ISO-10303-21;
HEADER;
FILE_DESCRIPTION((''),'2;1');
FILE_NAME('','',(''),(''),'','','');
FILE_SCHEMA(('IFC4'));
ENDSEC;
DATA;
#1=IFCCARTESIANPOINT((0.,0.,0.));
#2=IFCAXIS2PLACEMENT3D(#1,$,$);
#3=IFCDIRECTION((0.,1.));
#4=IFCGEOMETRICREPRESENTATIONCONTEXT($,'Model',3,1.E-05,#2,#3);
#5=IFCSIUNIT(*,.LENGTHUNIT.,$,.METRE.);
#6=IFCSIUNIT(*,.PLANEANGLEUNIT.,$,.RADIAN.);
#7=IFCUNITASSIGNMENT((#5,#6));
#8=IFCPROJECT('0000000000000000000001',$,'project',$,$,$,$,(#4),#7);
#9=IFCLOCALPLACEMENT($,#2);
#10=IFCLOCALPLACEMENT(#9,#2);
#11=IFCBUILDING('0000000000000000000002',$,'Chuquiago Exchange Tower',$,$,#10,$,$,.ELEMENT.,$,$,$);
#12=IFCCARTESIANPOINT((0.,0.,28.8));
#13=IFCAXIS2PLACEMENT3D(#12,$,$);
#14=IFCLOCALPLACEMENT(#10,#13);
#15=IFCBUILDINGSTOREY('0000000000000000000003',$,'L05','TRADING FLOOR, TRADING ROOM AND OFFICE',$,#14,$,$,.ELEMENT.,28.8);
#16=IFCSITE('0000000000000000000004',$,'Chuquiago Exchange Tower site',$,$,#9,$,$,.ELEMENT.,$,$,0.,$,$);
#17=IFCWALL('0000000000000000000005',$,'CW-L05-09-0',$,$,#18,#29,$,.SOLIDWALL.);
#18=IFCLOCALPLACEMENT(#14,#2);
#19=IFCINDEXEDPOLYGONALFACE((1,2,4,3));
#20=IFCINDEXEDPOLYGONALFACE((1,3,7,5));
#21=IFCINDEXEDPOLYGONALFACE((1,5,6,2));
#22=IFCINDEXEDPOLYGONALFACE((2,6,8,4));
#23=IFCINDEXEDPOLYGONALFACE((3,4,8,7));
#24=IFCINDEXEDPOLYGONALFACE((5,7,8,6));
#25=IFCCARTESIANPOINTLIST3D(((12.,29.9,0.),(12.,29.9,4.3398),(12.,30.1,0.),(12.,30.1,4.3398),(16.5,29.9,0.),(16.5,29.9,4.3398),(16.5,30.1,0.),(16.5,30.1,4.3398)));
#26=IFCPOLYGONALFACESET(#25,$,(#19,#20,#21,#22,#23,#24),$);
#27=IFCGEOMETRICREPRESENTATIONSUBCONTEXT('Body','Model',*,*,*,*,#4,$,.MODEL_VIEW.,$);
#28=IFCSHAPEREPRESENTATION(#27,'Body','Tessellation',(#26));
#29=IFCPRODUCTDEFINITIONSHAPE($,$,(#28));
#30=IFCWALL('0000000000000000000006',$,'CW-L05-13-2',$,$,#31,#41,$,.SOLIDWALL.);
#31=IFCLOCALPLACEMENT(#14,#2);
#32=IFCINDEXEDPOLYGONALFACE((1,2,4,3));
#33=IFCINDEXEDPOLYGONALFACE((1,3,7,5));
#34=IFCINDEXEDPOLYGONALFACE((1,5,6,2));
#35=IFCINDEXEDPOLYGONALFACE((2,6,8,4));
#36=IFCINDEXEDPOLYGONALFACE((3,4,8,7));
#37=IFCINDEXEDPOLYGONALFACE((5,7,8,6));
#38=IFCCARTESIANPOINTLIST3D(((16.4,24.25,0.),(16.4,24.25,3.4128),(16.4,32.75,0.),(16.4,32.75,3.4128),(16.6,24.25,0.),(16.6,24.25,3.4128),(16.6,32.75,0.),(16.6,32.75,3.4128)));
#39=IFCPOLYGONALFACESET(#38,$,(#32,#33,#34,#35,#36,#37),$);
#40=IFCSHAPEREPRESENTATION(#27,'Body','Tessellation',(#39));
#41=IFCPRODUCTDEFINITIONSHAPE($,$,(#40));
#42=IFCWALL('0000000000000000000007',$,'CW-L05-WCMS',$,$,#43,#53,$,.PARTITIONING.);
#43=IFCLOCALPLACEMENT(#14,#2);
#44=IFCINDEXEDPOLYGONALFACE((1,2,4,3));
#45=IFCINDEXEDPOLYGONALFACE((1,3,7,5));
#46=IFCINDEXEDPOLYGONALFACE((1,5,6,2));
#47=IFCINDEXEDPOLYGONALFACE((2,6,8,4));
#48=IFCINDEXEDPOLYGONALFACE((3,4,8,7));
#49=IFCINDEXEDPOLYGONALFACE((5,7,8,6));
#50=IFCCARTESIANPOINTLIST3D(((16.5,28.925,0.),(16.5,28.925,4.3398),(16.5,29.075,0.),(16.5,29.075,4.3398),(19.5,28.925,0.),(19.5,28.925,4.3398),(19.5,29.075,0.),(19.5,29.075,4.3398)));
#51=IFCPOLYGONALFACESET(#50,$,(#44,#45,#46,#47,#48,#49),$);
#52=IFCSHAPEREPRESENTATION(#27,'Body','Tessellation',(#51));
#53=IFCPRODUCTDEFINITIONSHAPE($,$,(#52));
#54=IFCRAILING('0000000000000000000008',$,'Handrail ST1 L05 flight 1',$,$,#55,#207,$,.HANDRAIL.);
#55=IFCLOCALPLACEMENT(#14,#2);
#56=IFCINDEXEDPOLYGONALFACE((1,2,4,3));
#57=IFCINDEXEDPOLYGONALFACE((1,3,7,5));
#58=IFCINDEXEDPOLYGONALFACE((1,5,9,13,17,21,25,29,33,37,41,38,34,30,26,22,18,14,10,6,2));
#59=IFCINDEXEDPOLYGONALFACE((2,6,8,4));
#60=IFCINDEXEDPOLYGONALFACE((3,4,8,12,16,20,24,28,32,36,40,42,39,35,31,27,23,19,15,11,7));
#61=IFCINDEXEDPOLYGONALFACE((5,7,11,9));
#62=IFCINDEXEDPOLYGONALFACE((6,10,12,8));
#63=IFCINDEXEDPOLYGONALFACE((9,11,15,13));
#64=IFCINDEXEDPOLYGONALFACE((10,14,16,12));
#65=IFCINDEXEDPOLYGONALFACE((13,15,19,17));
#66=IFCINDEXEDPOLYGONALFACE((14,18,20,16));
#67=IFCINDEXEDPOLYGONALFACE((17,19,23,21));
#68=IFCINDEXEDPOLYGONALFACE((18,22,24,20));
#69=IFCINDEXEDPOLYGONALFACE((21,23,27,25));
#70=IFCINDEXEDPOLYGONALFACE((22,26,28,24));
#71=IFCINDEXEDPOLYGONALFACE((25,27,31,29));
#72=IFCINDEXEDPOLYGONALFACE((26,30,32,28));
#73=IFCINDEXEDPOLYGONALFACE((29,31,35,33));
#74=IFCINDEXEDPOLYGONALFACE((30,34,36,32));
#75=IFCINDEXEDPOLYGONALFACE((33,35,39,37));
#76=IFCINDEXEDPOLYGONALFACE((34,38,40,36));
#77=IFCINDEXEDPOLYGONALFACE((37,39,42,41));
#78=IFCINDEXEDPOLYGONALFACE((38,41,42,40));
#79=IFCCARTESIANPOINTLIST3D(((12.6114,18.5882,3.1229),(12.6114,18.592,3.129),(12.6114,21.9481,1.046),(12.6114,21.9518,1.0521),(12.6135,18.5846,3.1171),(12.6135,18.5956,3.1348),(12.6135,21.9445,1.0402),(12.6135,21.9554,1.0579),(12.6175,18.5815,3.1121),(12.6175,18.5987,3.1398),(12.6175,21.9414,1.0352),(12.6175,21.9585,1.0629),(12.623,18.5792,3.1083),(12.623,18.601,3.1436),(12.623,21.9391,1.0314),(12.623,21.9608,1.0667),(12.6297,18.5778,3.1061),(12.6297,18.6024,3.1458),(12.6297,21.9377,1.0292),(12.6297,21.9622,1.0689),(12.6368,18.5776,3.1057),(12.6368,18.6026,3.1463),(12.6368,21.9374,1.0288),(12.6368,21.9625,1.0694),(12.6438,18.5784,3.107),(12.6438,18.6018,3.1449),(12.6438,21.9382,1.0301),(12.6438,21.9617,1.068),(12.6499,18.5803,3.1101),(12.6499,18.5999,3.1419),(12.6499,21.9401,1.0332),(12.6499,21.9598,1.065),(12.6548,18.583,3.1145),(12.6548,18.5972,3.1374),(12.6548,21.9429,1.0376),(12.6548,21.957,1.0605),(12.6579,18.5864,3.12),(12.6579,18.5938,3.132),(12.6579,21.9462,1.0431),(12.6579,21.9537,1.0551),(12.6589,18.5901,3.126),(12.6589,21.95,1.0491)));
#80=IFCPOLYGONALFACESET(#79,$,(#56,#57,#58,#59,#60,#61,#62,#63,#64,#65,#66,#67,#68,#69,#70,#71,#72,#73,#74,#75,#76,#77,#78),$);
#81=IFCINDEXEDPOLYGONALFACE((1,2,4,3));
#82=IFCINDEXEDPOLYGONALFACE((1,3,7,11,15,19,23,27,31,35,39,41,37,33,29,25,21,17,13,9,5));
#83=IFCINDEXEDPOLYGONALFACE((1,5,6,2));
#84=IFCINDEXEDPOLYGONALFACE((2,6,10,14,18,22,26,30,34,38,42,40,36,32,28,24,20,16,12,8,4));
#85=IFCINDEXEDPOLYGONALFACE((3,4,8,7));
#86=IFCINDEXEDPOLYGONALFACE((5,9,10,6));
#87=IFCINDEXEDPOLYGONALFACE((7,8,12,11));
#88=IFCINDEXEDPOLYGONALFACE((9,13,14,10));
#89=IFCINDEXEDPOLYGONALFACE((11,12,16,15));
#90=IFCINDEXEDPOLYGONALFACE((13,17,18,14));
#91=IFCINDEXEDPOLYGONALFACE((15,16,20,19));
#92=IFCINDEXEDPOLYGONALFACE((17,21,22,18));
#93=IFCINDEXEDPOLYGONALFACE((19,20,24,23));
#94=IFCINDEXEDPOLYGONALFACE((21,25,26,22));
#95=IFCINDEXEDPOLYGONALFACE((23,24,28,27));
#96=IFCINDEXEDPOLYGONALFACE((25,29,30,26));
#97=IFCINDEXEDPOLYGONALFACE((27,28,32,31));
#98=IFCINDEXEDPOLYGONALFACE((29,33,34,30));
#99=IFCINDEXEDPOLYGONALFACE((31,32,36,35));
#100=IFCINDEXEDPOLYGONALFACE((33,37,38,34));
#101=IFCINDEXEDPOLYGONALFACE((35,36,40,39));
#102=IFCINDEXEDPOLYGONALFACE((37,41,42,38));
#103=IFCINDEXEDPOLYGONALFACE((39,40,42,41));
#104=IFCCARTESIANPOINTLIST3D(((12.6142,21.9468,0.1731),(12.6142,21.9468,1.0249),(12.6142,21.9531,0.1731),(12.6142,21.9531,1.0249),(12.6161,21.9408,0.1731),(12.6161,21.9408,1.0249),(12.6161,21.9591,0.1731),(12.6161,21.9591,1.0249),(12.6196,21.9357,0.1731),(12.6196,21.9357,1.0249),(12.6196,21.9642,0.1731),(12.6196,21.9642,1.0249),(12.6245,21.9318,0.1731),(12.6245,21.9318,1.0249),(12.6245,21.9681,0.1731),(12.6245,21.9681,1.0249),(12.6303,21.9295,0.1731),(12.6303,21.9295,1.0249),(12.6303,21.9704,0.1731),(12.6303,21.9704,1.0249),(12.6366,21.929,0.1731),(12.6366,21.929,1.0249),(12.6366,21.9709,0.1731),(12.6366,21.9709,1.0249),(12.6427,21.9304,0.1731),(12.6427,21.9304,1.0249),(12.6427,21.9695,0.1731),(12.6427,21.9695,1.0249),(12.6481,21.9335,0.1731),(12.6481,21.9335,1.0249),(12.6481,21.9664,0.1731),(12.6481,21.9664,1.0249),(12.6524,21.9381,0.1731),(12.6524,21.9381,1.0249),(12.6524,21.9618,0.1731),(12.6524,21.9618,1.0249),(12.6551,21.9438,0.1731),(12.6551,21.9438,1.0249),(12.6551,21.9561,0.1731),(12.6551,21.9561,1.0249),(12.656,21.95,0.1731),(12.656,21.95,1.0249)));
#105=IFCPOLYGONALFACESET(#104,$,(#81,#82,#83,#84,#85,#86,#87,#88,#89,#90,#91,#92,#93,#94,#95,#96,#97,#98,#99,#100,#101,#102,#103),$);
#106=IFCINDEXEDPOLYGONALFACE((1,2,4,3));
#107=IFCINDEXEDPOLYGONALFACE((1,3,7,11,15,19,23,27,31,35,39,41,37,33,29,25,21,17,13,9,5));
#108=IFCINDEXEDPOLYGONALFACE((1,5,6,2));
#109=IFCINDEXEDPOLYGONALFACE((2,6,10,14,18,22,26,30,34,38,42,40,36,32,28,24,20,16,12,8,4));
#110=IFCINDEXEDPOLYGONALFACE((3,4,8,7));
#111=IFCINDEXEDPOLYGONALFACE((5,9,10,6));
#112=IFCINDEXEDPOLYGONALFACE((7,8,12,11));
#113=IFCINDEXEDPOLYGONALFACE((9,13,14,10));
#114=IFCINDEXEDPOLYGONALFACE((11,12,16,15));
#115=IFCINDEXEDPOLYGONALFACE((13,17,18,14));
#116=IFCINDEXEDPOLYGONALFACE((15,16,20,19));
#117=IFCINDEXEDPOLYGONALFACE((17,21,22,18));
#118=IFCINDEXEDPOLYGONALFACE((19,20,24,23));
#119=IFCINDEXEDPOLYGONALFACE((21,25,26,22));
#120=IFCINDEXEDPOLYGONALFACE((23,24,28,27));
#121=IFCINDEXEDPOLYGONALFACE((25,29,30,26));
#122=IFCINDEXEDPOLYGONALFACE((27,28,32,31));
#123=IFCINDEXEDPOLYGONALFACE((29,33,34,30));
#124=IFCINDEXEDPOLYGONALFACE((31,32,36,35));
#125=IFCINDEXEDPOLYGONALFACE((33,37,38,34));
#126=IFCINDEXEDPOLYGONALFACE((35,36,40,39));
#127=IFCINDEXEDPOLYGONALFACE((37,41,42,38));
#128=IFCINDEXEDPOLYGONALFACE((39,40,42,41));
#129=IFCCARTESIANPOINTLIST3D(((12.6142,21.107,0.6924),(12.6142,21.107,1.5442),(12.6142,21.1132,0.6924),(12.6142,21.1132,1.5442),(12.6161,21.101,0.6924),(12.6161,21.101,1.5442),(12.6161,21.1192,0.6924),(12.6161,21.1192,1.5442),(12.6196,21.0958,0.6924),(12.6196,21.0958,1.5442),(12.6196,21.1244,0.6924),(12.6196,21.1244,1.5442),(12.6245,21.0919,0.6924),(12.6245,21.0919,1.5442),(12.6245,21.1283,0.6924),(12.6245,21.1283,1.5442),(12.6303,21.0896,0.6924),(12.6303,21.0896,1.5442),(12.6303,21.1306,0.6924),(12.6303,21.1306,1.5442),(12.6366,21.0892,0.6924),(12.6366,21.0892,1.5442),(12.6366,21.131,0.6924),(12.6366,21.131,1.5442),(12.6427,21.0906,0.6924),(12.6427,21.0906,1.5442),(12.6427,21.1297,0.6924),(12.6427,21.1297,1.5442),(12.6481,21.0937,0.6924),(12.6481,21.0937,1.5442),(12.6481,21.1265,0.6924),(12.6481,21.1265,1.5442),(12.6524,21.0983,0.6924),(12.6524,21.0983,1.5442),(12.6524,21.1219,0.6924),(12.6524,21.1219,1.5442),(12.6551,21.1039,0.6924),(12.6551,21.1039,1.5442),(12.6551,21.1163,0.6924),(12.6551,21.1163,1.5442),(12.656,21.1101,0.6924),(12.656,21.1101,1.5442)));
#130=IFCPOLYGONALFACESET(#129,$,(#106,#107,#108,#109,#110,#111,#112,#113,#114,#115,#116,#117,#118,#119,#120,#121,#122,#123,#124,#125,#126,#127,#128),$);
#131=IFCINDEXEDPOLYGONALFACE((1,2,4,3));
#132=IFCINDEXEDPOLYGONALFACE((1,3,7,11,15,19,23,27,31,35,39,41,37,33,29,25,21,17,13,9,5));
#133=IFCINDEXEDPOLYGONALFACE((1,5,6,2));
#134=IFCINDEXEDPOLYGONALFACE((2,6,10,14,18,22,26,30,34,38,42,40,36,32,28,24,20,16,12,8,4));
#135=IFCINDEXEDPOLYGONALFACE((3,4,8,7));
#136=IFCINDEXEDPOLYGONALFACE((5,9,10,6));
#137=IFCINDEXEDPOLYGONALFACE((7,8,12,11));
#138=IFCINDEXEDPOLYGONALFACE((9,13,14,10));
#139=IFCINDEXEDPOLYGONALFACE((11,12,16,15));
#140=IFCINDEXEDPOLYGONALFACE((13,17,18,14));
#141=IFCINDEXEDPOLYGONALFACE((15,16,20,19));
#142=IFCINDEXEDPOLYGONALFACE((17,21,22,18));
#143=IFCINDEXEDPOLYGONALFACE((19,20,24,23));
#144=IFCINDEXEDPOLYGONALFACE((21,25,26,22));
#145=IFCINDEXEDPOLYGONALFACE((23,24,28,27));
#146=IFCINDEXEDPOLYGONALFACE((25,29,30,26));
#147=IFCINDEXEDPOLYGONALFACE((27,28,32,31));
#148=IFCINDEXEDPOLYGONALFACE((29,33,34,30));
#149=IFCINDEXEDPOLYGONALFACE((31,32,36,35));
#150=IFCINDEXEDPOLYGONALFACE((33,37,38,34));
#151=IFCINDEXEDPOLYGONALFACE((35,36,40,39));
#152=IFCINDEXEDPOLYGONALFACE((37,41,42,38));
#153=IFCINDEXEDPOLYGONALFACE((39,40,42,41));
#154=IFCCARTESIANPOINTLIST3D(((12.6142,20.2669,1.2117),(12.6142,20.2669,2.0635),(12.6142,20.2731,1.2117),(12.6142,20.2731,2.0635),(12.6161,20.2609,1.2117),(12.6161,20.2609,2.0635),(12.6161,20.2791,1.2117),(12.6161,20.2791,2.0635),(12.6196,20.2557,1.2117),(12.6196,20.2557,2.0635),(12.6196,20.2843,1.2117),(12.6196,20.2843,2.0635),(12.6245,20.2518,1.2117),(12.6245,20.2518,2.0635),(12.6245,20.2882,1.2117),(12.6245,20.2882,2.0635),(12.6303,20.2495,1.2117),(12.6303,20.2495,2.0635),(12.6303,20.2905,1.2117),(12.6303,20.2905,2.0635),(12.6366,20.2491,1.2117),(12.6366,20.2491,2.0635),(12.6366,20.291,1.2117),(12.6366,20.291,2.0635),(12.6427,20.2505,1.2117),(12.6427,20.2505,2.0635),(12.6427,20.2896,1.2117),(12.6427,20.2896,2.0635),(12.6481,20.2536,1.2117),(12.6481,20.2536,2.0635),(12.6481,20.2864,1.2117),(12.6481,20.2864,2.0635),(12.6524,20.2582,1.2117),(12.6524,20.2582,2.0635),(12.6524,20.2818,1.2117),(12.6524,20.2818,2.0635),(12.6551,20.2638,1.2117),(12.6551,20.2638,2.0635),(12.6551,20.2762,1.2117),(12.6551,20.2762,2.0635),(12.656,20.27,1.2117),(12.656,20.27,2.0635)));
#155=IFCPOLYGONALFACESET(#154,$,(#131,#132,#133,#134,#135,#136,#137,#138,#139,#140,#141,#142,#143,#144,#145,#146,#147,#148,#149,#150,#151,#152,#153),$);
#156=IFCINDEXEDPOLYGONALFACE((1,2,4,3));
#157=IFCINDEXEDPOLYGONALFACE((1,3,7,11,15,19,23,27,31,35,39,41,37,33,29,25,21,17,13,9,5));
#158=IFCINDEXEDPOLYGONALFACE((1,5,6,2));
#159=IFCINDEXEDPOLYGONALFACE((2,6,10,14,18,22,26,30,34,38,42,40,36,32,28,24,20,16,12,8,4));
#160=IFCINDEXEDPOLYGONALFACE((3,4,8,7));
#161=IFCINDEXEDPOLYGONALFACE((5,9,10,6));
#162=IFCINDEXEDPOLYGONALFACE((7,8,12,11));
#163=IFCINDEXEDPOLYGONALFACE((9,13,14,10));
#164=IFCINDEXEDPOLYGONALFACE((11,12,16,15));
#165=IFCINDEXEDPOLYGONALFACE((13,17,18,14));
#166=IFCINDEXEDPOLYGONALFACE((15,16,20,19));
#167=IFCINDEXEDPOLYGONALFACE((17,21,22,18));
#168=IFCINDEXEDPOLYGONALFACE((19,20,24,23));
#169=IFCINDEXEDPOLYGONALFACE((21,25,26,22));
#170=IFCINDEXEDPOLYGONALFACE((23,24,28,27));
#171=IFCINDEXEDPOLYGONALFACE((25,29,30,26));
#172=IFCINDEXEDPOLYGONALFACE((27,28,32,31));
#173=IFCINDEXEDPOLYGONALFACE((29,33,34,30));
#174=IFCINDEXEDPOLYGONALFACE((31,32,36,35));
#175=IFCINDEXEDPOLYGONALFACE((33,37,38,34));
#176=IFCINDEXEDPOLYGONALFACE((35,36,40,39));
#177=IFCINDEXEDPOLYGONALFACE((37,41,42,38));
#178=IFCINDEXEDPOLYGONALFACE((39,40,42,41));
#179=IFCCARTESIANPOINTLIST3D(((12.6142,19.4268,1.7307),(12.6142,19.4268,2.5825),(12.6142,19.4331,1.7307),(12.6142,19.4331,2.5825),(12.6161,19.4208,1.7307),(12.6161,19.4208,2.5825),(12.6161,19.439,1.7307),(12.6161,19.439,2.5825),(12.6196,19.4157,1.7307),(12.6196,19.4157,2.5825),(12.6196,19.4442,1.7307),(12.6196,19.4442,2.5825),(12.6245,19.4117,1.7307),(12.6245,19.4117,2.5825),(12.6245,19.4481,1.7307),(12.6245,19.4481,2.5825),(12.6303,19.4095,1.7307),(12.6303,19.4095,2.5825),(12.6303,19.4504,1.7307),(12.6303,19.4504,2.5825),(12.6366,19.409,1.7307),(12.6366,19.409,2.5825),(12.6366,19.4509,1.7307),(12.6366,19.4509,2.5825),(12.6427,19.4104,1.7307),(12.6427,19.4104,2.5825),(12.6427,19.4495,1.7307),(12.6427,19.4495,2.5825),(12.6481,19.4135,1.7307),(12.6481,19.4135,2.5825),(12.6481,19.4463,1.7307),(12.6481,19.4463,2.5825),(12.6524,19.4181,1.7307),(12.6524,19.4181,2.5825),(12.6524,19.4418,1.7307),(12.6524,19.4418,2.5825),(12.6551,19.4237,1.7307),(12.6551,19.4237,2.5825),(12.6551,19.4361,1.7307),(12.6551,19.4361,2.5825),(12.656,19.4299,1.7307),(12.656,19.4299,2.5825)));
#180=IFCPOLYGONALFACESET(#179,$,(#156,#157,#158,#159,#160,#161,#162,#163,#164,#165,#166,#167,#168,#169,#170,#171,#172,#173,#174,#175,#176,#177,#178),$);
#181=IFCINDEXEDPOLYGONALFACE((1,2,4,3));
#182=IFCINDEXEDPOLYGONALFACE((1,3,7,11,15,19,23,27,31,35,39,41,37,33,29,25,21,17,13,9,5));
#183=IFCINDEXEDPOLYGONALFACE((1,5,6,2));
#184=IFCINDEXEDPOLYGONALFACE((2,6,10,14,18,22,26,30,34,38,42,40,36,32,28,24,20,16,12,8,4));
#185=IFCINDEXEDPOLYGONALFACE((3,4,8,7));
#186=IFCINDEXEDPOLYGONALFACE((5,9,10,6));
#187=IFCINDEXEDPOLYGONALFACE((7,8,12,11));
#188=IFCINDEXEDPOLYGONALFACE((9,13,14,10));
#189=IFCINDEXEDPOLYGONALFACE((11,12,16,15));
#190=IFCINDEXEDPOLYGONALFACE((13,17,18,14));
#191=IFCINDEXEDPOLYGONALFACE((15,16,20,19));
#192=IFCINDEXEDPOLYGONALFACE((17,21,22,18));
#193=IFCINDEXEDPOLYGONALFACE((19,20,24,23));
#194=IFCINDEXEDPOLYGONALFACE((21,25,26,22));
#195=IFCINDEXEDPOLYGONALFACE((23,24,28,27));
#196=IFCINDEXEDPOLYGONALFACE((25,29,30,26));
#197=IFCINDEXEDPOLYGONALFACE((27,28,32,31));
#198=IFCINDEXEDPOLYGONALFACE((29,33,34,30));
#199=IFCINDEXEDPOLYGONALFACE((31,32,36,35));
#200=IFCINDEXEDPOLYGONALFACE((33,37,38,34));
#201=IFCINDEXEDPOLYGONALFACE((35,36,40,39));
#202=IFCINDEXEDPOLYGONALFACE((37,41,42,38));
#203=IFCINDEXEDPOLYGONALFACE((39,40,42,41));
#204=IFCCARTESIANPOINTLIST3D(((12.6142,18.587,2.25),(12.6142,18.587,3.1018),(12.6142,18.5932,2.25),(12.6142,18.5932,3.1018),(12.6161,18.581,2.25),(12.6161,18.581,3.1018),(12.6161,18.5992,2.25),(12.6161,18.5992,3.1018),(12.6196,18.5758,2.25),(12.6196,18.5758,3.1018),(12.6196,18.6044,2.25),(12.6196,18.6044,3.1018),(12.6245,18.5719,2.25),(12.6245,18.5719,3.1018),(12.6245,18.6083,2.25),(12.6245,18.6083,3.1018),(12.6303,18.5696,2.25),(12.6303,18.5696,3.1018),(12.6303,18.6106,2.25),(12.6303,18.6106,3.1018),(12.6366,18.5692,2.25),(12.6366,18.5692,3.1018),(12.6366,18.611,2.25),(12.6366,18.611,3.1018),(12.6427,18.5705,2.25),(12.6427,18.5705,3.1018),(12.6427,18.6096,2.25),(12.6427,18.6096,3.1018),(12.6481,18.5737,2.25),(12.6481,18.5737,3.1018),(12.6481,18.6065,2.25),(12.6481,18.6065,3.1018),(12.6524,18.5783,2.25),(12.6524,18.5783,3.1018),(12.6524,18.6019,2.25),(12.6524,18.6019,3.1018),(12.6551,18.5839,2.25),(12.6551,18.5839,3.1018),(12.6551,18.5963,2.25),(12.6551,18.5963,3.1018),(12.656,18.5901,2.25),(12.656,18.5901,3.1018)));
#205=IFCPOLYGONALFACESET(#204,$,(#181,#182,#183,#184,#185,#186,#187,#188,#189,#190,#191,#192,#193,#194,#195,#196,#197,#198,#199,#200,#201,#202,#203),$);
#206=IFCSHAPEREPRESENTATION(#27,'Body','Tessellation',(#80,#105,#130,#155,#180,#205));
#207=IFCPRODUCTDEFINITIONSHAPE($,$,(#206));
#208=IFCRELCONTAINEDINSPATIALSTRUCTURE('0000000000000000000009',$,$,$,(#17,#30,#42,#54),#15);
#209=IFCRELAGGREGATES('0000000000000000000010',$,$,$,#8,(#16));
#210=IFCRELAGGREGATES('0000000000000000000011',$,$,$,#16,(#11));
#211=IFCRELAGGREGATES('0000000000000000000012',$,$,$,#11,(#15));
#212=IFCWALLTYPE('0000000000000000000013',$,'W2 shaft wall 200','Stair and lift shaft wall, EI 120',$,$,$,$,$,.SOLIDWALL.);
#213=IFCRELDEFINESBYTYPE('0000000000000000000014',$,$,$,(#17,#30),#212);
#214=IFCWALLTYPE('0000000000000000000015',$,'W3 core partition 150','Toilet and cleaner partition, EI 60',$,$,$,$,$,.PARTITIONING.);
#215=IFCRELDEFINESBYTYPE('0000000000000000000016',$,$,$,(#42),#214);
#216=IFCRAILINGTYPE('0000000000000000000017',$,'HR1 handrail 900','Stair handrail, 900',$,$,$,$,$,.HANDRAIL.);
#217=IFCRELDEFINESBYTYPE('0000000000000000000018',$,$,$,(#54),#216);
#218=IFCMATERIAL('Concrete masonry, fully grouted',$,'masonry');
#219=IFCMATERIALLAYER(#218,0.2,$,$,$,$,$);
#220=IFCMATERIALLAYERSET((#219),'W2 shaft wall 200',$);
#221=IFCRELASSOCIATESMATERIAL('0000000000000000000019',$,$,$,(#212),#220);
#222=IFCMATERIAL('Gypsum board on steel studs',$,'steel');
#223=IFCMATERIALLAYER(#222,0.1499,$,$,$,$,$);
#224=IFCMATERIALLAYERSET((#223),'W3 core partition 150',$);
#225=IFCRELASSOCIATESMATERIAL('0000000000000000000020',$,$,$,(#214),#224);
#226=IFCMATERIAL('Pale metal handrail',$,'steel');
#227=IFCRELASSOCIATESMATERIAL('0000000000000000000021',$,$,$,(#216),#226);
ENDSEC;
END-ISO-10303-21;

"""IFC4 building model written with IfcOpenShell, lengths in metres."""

from ifc_helpers import new_model, si_unit, direction, frame, frame_2d, origin, origin_2d, place, context, subcontext, project, spatial, rectangle, circle, extrude, material, layer, layer_set, type_object, element, save


model = new_model("IFC4")

# Units and contexts
model_context = context("Model", 3, precision=1e-05, world=origin(), true_north=direction((0.0, 1.0)))
body_context = subcontext(model_context, "Body", "Model", "MODEL_VIEW")
ifc_project = project(units=[si_unit("LENGTHUNIT", "METRE"), si_unit("PLANEANGLEUNIT", "RADIAN")], contexts=[model_context])

# Site, building, storey
site_placement = place(None, origin())
site = spatial("IfcSite", under=ifc_project, at=site_placement, Name="Chuquiago Exchange Tower site", CompositionType="ELEMENT", RefElevation=0.0)
building_placement = place(site_placement, origin())
building = spatial("IfcBuilding", under=site, at=building_placement, Name="Chuquiago Exchange Tower", CompositionType="ELEMENT")
storey_placement = place(building_placement, frame((0.0, 0.0, 28.8)))
storey = spatial("IfcBuildingStorey", under=building, at=storey_placement, Name="L05", Description="TRADING FLOOR, TRADING ROOM AND OFFICE", CompositionType="ELEMENT", Elevation=28.8)

# Shared definitions
ifc_material_1 = material(Name="Concrete masonry, fully grouted", Category="masonry")
ifc_layer_1 = layer(ifc_material_1, 0.2)
ifc_layer_set_1 = layer_set([ifc_layer_1], Name="W2 shaft wall 200")
wall_type_1 = type_object("IfcWallType", Name="W2 shaft wall 200", Description="Stair and lift shaft wall, EI 120", PredefinedType="SOLIDWALL", material=ifc_layer_set_1)

# Walls
wall_1_placement = place(storey_placement, frame((12.0, 30.0, 0.0), z_axis=(0.0, 0.0, 1.0), x_axis=(1.0, 0.0, 0.0)))
element("IfcWall", 1, at=wall_1_placement, inside=storey, type_object=wall_type_1, Name="CW-L05-09-0", PredefinedType="SOLIDWALL", context=body_context, shape_type="SweptSolid", body=[
    extrude(rectangle(XDim=4.5, YDim=0.2, at=frame_2d((2.25, 0.0))), origin(), (0.0, 0.0, 1.0), 4.3398),
])
wall_2_placement = place(storey_placement, frame((16.5, 24.25, 0.0), z_axis=(0.0, 0.0, 1.0), x_axis=(0.0, 1.0, 0.0)))
element("IfcWall", 2, at=wall_2_placement, inside=storey, type_object=wall_type_1, Name="CW-L05-13-2", PredefinedType="SOLIDWALL", context=body_context, shape_type="SweptSolid", body=[
    extrude(rectangle(XDim=8.5, YDim=0.2, at=frame_2d((4.25, 0.0))), origin(), (0.0, 0.0, 1.0), 3.4128),
])
ifc_material_2 = material(Name="Gypsum board on steel studs", Category="steel")
ifc_layer_2 = layer(ifc_material_2, 0.1499)
ifc_layer_set_2 = layer_set([ifc_layer_2], Name="W3 core partition 150")
wall_type_2 = type_object("IfcWallType", Name="W3 core partition 150", Description="Toilet and cleaner partition, EI 60", PredefinedType="PARTITIONING", material=ifc_layer_set_2)
wall_3_placement = place(storey_placement, frame((16.5, 29.0, 0.0), z_axis=(0.0, 0.0, 1.0), x_axis=(1.0, 0.0, 0.0)))
element("IfcWall", 3, at=wall_3_placement, inside=storey, type_object=wall_type_2, Name="CW-L05-WCMS", PredefinedType="PARTITIONING", context=body_context, shape_type="SweptSolid", body=[
    extrude(rectangle(XDim=3.0, YDim=0.1499, at=frame_2d((1.5, 0.0))), origin(), (0.0, 0.0, 1.0), 4.3398),
])

# Railing
ifc_material_3 = material(Name="Pale metal handrail", Category="steel")
railing_type = type_object("IfcRailingType", Name="HR1 handrail 900", Description="Stair handrail, 900", PredefinedType="HANDRAIL", material=ifc_material_3)
for number, where, name in (
    (4, (12.635, 21.95, 0.1731), "Handrail ST1 L05 flight 1"),
):
    element("IfcRailing", number, at=place(storey_placement, frame(where)), inside=storey, type_object=railing_type, Name=name, PredefinedType="HANDRAIL", context=body_context, shape_type="SweptSolid", body=[
        extrude(circle(Radius=0.0239, at=origin_2d()), frame((0.0, 0.0, 0.876), z_axis=(0.0, -0.850606, 0.525803), x_axis=(1.0, 0.0, 0.0)), (0.0, 0.0, 1.0), 3.95),
        extrude(circle(Radius=0.021, at=origin_2d()), origin(), (0.0, 0.0, 1.0), 0.8518),
        extrude(circle(Radius=0.021, at=origin_2d()), frame((0.0, -0.8398, 0.5193)), (0.0, 0.0, 1.0), 0.8518),
        extrude(circle(Radius=0.021, at=origin_2d()), frame((0.0, -1.6799, 1.0386)), (0.0, 0.0, 1.0), 0.8518),
        extrude(circle(Radius=0.021, at=origin_2d()), frame((0.0, -2.52, 1.5576)), (0.0, 0.0, 1.0), 0.8518),
        extrude(circle(Radius=0.021, at=origin_2d()), frame((0.0, -3.3599, 2.0769)), (0.0, 0.0, 1.0), 0.8518),
    ])

save(model, "model.ifc")
